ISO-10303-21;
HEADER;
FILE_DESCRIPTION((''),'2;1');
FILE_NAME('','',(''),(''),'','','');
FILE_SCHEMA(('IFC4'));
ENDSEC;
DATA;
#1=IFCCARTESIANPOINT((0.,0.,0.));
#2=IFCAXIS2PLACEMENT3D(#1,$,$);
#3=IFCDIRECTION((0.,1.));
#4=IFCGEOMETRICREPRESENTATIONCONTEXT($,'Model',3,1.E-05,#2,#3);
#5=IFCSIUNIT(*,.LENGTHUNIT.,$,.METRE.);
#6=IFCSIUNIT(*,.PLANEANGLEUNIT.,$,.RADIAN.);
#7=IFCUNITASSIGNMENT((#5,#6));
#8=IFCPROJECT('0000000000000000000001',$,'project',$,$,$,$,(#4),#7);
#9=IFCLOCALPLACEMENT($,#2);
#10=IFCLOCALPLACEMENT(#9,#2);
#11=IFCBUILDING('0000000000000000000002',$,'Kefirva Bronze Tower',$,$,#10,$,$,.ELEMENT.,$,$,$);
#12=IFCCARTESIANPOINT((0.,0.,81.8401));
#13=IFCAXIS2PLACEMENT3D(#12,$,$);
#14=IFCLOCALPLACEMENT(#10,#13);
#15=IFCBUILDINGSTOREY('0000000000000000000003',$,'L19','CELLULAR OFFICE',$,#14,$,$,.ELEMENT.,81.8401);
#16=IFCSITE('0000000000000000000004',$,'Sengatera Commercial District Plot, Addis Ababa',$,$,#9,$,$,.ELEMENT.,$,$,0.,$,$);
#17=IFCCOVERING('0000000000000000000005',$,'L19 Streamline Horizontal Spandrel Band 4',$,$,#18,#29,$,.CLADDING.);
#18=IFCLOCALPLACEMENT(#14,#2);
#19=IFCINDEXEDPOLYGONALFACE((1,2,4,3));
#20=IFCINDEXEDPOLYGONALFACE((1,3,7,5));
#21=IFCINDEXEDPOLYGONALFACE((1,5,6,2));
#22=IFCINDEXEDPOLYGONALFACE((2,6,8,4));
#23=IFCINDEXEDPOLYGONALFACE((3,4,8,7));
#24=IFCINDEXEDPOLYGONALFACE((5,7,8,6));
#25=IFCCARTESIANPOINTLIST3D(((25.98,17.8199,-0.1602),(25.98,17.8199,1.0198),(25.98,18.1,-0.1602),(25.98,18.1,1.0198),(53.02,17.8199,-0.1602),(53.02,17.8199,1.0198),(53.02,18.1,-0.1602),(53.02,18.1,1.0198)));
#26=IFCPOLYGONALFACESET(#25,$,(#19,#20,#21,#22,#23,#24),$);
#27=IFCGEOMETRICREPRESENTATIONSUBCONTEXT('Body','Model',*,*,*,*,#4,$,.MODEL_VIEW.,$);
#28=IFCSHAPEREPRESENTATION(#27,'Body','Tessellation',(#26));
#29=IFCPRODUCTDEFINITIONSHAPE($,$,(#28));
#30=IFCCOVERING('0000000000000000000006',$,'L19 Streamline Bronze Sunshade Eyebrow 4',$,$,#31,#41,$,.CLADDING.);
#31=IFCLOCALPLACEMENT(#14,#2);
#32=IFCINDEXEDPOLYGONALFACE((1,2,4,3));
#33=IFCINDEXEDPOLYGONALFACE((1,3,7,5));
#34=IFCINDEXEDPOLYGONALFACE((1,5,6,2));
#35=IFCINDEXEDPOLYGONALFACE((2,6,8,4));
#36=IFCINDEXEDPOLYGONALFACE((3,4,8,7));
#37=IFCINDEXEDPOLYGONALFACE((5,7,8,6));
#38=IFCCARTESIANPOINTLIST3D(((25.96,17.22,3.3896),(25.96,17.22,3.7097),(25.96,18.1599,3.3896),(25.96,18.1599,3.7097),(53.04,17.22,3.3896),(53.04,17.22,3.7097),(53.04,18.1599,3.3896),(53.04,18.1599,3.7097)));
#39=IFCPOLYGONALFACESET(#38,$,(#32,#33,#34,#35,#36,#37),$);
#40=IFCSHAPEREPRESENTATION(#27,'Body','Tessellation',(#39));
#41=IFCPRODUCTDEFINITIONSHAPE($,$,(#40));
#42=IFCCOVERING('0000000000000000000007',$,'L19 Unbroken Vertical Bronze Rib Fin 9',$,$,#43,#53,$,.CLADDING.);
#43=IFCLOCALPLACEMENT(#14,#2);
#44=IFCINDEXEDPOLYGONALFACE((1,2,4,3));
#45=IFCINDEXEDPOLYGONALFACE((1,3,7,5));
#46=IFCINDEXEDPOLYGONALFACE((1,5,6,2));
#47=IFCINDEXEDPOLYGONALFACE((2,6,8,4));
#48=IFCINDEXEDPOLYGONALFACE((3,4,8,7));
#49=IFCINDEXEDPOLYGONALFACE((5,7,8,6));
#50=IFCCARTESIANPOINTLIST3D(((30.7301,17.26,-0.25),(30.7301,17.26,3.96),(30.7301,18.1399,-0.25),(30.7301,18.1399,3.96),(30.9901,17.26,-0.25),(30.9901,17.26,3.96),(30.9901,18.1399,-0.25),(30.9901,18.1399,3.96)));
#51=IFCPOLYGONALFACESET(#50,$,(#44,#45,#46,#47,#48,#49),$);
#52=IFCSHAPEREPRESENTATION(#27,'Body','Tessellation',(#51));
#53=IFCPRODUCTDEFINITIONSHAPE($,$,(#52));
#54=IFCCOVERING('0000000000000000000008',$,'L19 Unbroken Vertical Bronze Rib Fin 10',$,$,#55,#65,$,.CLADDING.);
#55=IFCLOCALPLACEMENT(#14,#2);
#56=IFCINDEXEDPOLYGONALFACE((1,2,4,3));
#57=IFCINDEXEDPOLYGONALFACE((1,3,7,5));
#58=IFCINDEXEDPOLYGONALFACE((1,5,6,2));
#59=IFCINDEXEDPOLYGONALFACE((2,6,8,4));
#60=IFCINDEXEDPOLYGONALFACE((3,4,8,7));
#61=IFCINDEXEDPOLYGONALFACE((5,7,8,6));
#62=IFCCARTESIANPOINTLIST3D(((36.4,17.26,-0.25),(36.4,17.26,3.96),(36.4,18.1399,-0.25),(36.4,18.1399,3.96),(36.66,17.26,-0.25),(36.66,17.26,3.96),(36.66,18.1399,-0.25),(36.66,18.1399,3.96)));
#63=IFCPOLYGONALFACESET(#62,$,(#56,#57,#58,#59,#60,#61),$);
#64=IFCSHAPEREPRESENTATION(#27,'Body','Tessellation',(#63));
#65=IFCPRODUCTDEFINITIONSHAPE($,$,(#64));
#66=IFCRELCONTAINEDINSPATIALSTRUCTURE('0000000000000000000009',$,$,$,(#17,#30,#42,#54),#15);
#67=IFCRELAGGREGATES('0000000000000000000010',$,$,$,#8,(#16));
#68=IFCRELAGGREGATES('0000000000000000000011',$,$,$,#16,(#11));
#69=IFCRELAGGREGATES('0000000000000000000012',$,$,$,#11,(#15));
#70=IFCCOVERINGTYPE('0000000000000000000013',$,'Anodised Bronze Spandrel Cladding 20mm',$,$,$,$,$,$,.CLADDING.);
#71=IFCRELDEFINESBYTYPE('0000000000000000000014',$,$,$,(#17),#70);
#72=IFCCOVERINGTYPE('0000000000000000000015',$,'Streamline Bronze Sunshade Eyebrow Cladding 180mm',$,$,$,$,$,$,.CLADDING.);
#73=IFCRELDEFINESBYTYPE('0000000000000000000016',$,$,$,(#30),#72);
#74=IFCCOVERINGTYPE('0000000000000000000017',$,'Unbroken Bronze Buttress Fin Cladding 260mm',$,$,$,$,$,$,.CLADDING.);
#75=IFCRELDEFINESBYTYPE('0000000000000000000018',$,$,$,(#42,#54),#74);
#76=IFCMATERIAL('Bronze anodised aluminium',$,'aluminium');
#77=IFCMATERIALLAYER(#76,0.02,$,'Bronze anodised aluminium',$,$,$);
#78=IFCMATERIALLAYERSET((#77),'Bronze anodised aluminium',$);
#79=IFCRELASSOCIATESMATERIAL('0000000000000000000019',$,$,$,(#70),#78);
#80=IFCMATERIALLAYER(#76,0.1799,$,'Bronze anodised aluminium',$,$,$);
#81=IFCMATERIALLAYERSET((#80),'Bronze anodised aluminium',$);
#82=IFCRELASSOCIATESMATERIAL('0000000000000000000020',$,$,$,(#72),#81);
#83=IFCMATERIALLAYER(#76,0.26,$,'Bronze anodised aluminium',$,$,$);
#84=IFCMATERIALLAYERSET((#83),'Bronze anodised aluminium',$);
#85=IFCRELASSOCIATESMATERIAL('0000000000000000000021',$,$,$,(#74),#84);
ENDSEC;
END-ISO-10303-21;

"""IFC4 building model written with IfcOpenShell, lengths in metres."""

from ifc_helpers import new_model, si_unit, direction, frame, origin, origin_2d, place, context, subcontext, project, spatial, rectangle, extrude, material, layer, layer_set, type_object, element, save


model = new_model("IFC4")

# Units and contexts
model_context = context("Model", 3, precision=1e-05, world=origin(), true_north=direction((0.0, 1.0)))
body_context = subcontext(model_context, "Body", "Model", "MODEL_VIEW")
ifc_project = project(units=[si_unit("LENGTHUNIT", "METRE"), si_unit("PLANEANGLEUNIT", "RADIAN")], contexts=[model_context])

# Site, building, storey
site_placement = place(None, origin())
site = spatial("IfcSite", under=ifc_project, at=site_placement, Name="Sengatera Commercial District Plot, Addis Ababa", CompositionType="ELEMENT", RefElevation=0.0)
building_placement = place(site_placement, origin())
building = spatial("IfcBuilding", under=site, at=building_placement, Name="Kefirva Bronze Tower", CompositionType="ELEMENT")
storey_placement = place(building_placement, frame((0.0, 0.0, 81.8401)))
storey = spatial("IfcBuildingStorey", under=building, at=storey_placement, Name="L19", Description="CELLULAR OFFICE", CompositionType="ELEMENT", Elevation=81.8401)

# Shared definitions
ifc_material_1 = material(Name="Bronze anodised aluminium", Category="aluminium")

# Coverings
ifc_layer_1 = layer(ifc_material_1, 0.02, Name="Bronze anodised aluminium")
ifc_layer_set_1 = layer_set([ifc_layer_1], Name="Bronze anodised aluminium")
covering_type_1 = type_object("IfcCoveringType", Name="Anodised Bronze Spandrel Cladding 20mm", PredefinedType="CLADDING", material=ifc_layer_set_1)
covering_1_placement = place(storey_placement, frame((39.5, 17.96, -0.1602), z_axis=(0.0, 0.0, 1.0), x_axis=(1.0, 0.0, 0.0)))
element("IfcCovering", 1, at=covering_1_placement, inside=storey, type_object=covering_type_1, Name="L19 Streamline Horizontal Spandrel Band 4", PredefinedType="CLADDING", context=body_context, shape_type="SweptSolid", body=[
    extrude(rectangle(XDim=27.04, YDim=0.28, at=origin_2d()), origin(), (0.0, 0.0, 1.0), 1.1799),
])
ifc_layer_2 = layer(ifc_material_1, 0.1799, Name="Bronze anodised aluminium")
ifc_layer_set_2 = layer_set([ifc_layer_2], Name="Bronze anodised aluminium")
covering_type_2 = type_object("IfcCoveringType", Name="Streamline Bronze Sunshade Eyebrow Cladding 180mm", PredefinedType="CLADDING", material=ifc_layer_set_2)
covering_2_placement = place(storey_placement, frame((39.5, 17.6899, 3.3896), z_axis=(0.0, 0.0, 1.0), x_axis=(1.0, 0.0, 0.0)))
element("IfcCovering", 2, at=covering_2_placement, inside=storey, type_object=covering_type_2, Name="L19 Streamline Bronze Sunshade Eyebrow 4", PredefinedType="CLADDING", context=body_context, shape_type="SweptSolid", body=[
    extrude(rectangle(XDim=27.0801, YDim=0.9399, at=origin_2d()), origin(), (0.0, 0.0, 1.0), 0.3201),
])
ifc_layer_3 = layer(ifc_material_1, 0.26, Name="Bronze anodised aluminium")
ifc_layer_set_3 = layer_set([ifc_layer_3], Name="Bronze anodised aluminium")
covering_type_3 = type_object("IfcCoveringType", Name="Unbroken Bronze Buttress Fin Cladding 260mm", PredefinedType="CLADDING", material=ifc_layer_set_3)
for number, where, z_axis, x_axis, name in (
    (3, (30.8601, 17.7, -0.25), (0.0, 0.0, 1.0), (1.0, 0.0, 0.0), "L19 Unbroken Vertical Bronze Rib Fin 9"),
    (4, (36.53, 17.7, -0.25), (0.0, 0.0, 1.0), (1.0, 0.0, 0.0), "L19 Unbroken Vertical Bronze Rib Fin 10"),
):
    element("IfcCovering", number, at=place(storey_placement, frame(where, z_axis=z_axis, x_axis=x_axis)), inside=storey, type_object=covering_type_3, Name=name, PredefinedType="CLADDING", context=body_context, shape_type="SweptSolid", body=[
        extrude(rectangle(XDim=0.26, YDim=0.8799, at=origin_2d()), origin(), (0.0, 0.0, 1.0), 4.21),
    ])

save(model, "model.ifc")
